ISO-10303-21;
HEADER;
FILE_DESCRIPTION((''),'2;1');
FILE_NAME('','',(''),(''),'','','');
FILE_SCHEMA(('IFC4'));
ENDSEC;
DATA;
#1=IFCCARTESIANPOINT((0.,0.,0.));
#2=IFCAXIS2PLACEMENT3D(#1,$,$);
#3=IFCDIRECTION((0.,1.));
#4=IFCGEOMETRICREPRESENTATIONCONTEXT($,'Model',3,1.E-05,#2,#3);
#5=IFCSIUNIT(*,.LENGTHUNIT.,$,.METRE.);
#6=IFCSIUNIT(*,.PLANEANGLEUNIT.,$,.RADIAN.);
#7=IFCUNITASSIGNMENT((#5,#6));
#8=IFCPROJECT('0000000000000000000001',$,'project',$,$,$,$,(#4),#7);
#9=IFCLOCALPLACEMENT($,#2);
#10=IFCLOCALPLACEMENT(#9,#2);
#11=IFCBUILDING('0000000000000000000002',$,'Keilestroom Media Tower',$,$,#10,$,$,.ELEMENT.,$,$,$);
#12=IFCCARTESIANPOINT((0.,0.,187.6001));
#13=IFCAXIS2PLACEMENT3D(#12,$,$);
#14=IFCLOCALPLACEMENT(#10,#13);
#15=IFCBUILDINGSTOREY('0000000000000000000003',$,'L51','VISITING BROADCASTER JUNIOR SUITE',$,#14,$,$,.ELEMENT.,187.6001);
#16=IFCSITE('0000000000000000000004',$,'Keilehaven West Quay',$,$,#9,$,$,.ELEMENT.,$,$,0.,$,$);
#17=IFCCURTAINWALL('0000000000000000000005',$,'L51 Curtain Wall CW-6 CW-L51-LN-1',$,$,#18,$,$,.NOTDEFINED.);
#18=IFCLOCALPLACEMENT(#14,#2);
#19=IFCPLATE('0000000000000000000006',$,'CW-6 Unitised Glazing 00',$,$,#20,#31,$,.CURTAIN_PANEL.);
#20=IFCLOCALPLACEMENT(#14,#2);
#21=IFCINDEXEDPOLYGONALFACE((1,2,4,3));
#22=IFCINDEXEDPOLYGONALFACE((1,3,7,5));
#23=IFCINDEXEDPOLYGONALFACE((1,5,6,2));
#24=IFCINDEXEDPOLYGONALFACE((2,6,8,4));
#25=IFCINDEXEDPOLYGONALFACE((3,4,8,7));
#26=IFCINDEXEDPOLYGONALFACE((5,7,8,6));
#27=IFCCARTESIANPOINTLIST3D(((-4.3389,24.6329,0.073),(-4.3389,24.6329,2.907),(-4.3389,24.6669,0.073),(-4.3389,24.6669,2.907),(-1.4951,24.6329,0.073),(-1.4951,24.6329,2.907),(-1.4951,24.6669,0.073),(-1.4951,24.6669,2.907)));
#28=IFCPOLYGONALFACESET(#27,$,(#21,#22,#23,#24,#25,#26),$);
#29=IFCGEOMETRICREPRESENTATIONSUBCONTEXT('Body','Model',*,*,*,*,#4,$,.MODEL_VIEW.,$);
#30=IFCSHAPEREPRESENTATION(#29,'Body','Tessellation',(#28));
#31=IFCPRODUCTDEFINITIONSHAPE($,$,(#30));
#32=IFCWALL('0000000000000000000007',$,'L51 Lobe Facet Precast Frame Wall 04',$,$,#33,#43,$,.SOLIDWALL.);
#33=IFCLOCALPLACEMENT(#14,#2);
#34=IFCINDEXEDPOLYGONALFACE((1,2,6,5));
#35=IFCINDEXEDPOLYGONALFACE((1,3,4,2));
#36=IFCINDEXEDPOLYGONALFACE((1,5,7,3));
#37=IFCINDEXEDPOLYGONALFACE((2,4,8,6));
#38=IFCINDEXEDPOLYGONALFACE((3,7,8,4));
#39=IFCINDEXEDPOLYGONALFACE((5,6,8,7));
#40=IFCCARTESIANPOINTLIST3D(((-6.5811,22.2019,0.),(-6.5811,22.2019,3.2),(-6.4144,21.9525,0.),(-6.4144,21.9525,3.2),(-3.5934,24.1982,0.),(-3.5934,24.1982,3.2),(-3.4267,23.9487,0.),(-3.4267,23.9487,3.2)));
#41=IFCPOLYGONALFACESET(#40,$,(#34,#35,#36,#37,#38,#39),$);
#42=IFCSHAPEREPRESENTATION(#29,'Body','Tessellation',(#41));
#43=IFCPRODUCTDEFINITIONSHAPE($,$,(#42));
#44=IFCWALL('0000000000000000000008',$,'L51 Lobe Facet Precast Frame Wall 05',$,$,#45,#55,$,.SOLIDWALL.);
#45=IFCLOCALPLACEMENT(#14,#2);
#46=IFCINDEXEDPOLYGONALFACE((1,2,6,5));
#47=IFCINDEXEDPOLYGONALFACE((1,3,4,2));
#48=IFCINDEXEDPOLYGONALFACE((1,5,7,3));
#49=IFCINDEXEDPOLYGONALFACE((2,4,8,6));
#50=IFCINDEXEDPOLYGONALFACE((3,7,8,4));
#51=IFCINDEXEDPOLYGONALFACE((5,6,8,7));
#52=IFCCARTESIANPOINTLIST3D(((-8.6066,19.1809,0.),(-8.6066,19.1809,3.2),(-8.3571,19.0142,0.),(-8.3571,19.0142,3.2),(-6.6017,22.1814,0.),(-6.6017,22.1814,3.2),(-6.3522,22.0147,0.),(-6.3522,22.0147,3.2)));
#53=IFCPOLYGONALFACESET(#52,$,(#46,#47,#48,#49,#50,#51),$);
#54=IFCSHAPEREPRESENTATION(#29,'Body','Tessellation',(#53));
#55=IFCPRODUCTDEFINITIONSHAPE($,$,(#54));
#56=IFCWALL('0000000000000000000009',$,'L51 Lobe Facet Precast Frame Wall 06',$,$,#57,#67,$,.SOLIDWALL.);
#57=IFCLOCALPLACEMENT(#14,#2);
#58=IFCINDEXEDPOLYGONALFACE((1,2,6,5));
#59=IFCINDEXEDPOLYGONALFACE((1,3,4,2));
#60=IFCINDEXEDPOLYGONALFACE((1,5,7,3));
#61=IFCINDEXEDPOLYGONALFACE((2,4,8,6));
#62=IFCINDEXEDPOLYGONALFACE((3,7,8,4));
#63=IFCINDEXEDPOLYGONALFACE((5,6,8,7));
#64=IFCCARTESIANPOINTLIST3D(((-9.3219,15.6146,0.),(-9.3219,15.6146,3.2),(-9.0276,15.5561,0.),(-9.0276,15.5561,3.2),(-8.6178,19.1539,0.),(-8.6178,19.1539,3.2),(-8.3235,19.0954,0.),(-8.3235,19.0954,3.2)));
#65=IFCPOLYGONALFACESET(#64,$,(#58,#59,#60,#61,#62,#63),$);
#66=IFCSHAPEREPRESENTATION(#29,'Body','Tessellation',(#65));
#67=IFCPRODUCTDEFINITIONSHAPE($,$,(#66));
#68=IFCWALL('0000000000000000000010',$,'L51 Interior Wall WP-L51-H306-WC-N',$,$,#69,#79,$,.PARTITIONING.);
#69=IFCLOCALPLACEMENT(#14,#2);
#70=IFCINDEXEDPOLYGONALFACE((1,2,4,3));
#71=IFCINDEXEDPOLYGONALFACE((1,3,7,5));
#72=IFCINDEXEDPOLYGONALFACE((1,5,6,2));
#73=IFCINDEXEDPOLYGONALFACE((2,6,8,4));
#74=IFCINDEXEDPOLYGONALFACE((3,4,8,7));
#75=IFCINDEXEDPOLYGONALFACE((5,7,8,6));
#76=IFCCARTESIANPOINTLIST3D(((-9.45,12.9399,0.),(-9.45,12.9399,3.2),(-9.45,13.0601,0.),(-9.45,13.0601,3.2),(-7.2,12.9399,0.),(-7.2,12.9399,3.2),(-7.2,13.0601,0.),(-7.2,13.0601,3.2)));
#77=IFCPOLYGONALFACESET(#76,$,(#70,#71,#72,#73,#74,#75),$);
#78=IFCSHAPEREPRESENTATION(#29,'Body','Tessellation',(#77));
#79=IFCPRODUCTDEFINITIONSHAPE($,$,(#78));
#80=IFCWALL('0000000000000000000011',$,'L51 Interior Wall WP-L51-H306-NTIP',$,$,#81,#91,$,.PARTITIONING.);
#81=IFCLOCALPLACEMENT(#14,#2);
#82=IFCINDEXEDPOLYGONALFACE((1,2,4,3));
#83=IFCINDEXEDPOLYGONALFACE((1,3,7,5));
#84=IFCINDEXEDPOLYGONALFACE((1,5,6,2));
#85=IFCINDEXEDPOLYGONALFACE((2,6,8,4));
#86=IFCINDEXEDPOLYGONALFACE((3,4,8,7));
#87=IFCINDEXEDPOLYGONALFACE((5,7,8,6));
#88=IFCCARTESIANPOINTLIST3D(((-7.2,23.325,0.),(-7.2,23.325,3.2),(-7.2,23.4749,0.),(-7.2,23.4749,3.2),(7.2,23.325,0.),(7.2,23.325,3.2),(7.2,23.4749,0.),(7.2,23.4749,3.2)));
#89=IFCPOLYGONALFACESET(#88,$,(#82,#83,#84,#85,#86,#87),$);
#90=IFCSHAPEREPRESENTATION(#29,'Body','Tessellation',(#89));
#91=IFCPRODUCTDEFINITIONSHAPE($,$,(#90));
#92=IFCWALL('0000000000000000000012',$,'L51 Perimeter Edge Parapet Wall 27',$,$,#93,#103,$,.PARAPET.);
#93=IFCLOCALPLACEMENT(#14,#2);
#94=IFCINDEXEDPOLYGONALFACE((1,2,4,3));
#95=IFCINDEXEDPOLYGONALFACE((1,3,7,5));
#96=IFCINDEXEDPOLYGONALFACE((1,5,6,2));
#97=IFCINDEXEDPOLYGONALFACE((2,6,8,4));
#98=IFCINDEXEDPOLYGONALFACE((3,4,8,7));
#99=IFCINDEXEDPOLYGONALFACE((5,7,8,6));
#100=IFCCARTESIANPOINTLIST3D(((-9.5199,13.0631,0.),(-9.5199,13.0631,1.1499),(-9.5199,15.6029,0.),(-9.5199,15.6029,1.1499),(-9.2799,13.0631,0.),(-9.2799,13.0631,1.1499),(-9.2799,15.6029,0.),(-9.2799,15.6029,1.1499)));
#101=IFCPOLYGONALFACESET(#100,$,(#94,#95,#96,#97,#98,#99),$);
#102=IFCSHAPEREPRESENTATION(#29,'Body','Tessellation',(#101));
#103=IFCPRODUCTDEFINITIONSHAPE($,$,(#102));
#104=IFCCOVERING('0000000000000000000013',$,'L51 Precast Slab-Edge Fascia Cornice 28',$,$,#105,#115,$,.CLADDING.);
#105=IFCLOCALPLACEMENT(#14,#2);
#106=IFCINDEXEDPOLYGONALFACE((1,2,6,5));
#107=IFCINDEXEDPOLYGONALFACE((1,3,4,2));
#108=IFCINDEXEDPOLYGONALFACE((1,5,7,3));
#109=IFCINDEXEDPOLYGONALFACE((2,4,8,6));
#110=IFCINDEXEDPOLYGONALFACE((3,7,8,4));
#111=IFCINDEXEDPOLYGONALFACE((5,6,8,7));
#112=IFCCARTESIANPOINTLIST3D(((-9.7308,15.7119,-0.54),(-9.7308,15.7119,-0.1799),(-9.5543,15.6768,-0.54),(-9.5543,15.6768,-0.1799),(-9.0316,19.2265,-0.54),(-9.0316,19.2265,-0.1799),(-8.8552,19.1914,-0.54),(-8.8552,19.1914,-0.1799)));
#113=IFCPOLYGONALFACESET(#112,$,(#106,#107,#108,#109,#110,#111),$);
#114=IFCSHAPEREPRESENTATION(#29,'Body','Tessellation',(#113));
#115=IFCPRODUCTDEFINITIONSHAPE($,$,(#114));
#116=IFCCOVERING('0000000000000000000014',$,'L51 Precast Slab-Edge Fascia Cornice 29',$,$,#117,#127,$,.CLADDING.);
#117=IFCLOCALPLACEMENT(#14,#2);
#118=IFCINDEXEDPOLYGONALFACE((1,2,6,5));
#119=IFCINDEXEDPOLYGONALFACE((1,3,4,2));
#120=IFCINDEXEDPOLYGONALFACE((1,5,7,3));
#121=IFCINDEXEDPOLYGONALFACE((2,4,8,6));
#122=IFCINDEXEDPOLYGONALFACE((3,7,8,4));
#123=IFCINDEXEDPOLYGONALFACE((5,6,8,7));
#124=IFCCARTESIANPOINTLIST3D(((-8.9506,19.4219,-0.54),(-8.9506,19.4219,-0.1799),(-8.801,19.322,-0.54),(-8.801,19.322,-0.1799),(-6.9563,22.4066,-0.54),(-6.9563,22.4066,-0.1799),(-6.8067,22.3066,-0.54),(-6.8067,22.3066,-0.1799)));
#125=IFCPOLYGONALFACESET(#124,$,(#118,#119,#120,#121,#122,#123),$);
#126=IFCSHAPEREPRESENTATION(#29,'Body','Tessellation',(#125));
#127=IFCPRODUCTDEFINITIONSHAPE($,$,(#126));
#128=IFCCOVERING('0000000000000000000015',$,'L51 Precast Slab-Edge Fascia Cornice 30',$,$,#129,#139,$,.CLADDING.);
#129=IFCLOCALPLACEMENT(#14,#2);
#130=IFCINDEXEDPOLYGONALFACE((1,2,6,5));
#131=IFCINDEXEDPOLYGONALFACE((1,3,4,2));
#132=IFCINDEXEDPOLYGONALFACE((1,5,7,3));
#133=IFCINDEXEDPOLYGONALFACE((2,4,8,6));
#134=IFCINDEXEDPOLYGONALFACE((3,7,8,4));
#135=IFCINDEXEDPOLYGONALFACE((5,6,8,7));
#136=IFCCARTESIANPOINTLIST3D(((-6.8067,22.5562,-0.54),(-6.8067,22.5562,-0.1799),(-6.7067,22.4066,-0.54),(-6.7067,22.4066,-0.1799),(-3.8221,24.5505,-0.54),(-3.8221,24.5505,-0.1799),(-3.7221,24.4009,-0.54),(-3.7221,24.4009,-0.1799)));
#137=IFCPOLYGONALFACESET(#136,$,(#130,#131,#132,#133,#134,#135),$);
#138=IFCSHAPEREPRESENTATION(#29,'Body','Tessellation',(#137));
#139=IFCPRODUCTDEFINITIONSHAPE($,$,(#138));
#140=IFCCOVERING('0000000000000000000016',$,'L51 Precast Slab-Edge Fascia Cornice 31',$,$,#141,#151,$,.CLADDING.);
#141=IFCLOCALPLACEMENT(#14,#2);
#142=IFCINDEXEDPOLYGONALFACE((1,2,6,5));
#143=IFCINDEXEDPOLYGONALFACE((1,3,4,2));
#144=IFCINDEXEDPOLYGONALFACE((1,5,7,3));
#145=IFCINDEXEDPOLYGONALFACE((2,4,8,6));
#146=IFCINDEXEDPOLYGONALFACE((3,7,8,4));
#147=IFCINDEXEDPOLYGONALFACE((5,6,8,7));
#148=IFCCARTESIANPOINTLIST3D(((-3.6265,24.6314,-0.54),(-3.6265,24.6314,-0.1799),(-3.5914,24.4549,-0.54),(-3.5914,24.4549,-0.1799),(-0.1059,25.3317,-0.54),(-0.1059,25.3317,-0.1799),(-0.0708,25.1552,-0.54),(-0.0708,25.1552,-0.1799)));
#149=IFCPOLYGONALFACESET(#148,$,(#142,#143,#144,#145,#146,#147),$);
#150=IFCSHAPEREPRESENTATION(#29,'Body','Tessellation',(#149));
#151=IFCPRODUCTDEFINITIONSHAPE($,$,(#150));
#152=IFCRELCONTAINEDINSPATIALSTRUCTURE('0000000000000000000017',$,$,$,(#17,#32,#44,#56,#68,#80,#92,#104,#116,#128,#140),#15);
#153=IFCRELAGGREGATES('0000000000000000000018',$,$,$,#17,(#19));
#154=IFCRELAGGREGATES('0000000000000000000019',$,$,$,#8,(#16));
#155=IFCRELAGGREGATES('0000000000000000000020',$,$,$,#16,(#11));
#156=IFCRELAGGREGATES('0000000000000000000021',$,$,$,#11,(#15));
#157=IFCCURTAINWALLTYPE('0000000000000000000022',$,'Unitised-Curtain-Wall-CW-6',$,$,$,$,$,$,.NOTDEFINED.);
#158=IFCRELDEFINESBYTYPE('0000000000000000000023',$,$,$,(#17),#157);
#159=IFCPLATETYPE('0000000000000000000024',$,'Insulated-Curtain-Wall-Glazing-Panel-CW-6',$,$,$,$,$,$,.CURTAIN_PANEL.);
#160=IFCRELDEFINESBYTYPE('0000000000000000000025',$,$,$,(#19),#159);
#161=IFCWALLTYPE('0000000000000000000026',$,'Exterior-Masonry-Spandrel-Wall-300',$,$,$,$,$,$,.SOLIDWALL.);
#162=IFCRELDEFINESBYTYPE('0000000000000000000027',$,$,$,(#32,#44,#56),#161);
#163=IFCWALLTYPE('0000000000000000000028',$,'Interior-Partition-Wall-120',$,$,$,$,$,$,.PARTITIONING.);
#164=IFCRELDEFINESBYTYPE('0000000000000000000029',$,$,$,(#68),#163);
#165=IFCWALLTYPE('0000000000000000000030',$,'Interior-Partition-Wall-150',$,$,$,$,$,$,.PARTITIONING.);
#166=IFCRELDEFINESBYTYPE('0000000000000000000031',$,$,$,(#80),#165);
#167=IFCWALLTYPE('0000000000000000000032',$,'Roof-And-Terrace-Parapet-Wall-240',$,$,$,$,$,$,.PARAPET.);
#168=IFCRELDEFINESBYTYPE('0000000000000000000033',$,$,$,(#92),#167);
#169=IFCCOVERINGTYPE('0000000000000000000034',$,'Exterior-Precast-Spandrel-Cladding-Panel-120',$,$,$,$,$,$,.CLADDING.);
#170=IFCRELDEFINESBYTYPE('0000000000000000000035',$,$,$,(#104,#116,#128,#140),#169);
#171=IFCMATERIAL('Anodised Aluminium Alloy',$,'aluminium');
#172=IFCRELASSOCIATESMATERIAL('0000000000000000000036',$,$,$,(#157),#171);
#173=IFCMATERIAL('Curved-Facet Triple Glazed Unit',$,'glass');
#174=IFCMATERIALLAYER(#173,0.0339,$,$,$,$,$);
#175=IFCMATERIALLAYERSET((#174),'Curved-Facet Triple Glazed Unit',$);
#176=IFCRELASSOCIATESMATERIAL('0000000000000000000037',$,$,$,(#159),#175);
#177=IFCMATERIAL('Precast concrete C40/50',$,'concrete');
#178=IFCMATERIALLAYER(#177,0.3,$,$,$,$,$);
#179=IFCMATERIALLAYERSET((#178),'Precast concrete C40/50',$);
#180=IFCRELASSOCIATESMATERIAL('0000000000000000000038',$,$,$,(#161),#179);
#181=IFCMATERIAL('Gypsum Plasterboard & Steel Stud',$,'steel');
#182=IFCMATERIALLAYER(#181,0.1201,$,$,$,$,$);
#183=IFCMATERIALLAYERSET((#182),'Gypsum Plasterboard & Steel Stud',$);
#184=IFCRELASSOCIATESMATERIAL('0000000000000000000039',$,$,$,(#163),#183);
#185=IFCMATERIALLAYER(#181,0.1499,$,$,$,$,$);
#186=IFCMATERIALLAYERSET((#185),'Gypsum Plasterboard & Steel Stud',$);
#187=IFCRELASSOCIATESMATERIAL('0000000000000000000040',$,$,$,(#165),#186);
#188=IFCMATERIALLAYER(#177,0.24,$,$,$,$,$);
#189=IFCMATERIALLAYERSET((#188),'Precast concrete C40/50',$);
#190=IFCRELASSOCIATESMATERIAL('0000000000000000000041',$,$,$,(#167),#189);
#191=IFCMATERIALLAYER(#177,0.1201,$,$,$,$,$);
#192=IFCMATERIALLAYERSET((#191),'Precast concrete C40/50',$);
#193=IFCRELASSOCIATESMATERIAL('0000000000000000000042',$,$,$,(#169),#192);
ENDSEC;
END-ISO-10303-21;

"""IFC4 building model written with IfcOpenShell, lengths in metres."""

from ifc_helpers import new_model, si_unit, direction, frame, frame_2d, origin, origin_2d, place, context, subcontext, project, spatial, rectangle, extrude, source, transform, mapped, material, layer, layer_set, type_object, element, aggregate, save


model = new_model("IFC4")

# Units and contexts
model_context = context("Model", 3, precision=1e-05, world=origin(), true_north=direction((0.0, 1.0)))
body_context = subcontext(model_context, "Body", "Model", "MODEL_VIEW")
ifc_project = project(units=[si_unit("LENGTHUNIT", "METRE"), si_unit("PLANEANGLEUNIT", "RADIAN")], contexts=[model_context])

# Site, building, storey
site_placement = place(None, origin())
site = spatial("IfcSite", under=ifc_project, at=site_placement, Name="Keilehaven West Quay", CompositionType="ELEMENT", RefElevation=0.0)
building_placement = place(site_placement, origin())
building = spatial("IfcBuilding", under=site, at=building_placement, Name="Keilestroom Media Tower", CompositionType="ELEMENT")
storey_placement = place(building_placement, frame((0.0, 0.0, 187.6001)))
storey = spatial("IfcBuildingStorey", under=building, at=storey_placement, Name="L51", Description="VISITING BROADCASTER JUNIOR SUITE", CompositionType="ELEMENT", Elevation=187.6001)

# Curtain wall, plate
ifc_material_1 = material(Name="Anodised Aluminium Alloy", Category="aluminium")
curtain_wall_type = type_object("IfcCurtainWallType", Name="Unitised-Curtain-Wall-CW-6", PredefinedType="NOTDEFINED", material=ifc_material_1)
curtain_wall_placement = place(storey_placement, origin())
curtain_wall = element("IfcCurtainWall", 1, at=curtain_wall_placement, inside=storey, type_object=curtain_wall_type, Name="L51 Curtain Wall CW-6 CW-L51-LN-1", PredefinedType="NOTDEFINED")
ifc_material_2 = material(Name="Curved-Facet Triple Glazed Unit", Category="glass")
ifc_layer_1 = layer(ifc_material_2, 0.0339)
ifc_layer_set_1 = layer_set([ifc_layer_1], Name="Curved-Facet Triple Glazed Unit")
plate_type = type_object("IfcPlateType", Name="Insulated-Curtain-Wall-Glazing-Panel-CW-6", PredefinedType="CURTAIN_PANEL", material=ifc_layer_set_1)
shared_shape_1 = source(origin(), body_context, "Body", "SweptSolid", [
    extrude(rectangle(XDim=2.8438, YDim=0.0339, at=origin_2d()), origin(), (0.0, 0.0, 1.0), 2.834),
])
plate_placement = place(storey_placement, frame((-2.917, 24.6499, 0.073), z_axis=(0.0, 0.0, 1.0), x_axis=(1.0, 0.0, 0.0)))
plate = element("IfcPlate", 2, at=plate_placement, type_object=plate_type, Name="CW-6 Unitised Glazing 00", PredefinedType="CURTAIN_PANEL", context=body_context, shape_type="MappedRepresentation", body=[
    mapped(shared_shape_1, transform((0.0, 0.0, 0.0), x_axis=(1.0, 0.0, 0.0), y_axis=(0.0, 1.0, 0.0), z_axis=(0.0, 0.0, 1.0), scale=1.0)),
])
aggregate(curtain_wall, [plate])

# Walls
ifc_material_3 = material(Name="Precast concrete C40/50", Category="concrete")
ifc_layer_2 = layer(ifc_material_3, 0.3)
ifc_layer_set_2 = layer_set([ifc_layer_2], Name="Precast concrete C40/50")
wall_type_1 = type_object("IfcWallType", Name="Exterior-Masonry-Spandrel-Wall-300", PredefinedType="SOLIDWALL", material=ifc_layer_set_2)
wall_1_placement = place(storey_placement, frame((-3.51, 24.0735, 0.0), z_axis=(0.0, 0.0, 1.0), x_axis=(-0.831475, -0.555562, 0.0)))
element("IfcWall", 3, at=wall_1_placement, inside=storey, type_object=wall_type_1, Name="L51 Lobe Facet Precast Frame Wall 04", PredefinedType="SOLIDWALL", context=body_context, shape_type="SweptSolid", body=[
    extrude(rectangle(XDim=3.5933, YDim=0.3, at=frame_2d((1.7966, 0.0))), origin(), (0.0, 0.0, 1.0), 3.2),
])
for number, where, z_axis, x_axis, name in (
    (4, (-6.4771, 22.0979, 0.0), (0.0, 0.0, 1.0), (-0.555574, -0.831467, 0.0), "L51 Lobe Facet Precast Frame Wall 05"),
    (5, (-8.4707, 19.1245, 0.0), (0.0, 0.0, 1.0), (-0.195114, -0.980781, 0.0), "L51 Lobe Facet Precast Frame Wall 06"),
):
    element("IfcWall", number, at=place(storey_placement, frame(where, z_axis=z_axis, x_axis=x_axis)), inside=storey, type_object=wall_type_1, Name=name, PredefinedType="SOLIDWALL", context=body_context, shape_type="SweptSolid", body=[
        extrude(rectangle(XDim=3.6086, YDim=0.3, at=frame_2d((1.8042, 0.0))), origin(), (0.0, 0.0, 1.0), 3.2),
    ])
ifc_material_4 = material(Name="Gypsum Plasterboard & Steel Stud", Category="steel")
ifc_layer_3 = layer(ifc_material_4, 0.1201)
ifc_layer_set_3 = layer_set([ifc_layer_3], Name="Gypsum Plasterboard & Steel Stud")
wall_type_2 = type_object("IfcWallType", Name="Interior-Partition-Wall-120", PredefinedType="PARTITIONING", material=ifc_layer_set_3)
wall_2_placement = place(storey_placement, frame((-9.45, 13.0, 0.0), z_axis=(0.0, 0.0, 1.0), x_axis=(1.0, 0.0, 0.0)))
element("IfcWall", 6, at=wall_2_placement, inside=storey, type_object=wall_type_2, Name="L51 Interior Wall WP-L51-H306-WC-N", PredefinedType="PARTITIONING", context=body_context, shape_type="SweptSolid", body=[
    extrude(rectangle(XDim=2.25, YDim=0.1201, at=frame_2d((1.125, 0.0))), origin(), (0.0, 0.0, 1.0), 3.2),
])
ifc_layer_4 = layer(ifc_material_4, 0.1499)
ifc_layer_set_4 = layer_set([ifc_layer_4], Name="Gypsum Plasterboard & Steel Stud")
wall_type_3 = type_object("IfcWallType", Name="Interior-Partition-Wall-150", PredefinedType="PARTITIONING", material=ifc_layer_set_4)
wall_3_placement = place(storey_placement, frame((-7.2, 23.3999, 0.0), z_axis=(0.0, 0.0, 1.0), x_axis=(1.0, 0.0, 0.0)))
element("IfcWall", 7, at=wall_3_placement, inside=storey, type_object=wall_type_3, Name="L51 Interior Wall WP-L51-H306-NTIP", PredefinedType="PARTITIONING", context=body_context, shape_type="SweptSolid", body=[
    extrude(rectangle(XDim=14.3999, YDim=0.1499, at=frame_2d((7.2, 0.0))), origin(), (0.0, 0.0, 1.0), 3.2),
])
ifc_layer_5 = layer(ifc_material_3, 0.24)
ifc_layer_set_5 = layer_set([ifc_layer_5], Name="Precast concrete C40/50")
wall_type_4 = type_object("IfcWallType", Name="Roof-And-Terrace-Parapet-Wall-240", PredefinedType="PARAPET", material=ifc_layer_set_5)
wall_4_placement = place(storey_placement, frame((-9.3999, 13.063, 0.0), z_axis=(0.0, 0.0, 1.0), x_axis=(0.0, 1.0, 0.0)))
element("IfcWall", 8, at=wall_4_placement, inside=storey, type_object=wall_type_4, Name="L51 Perimeter Edge Parapet Wall 27", PredefinedType="PARAPET", context=body_context, shape_type="SweptSolid", body=[
    extrude(rectangle(XDim=2.5398, YDim=0.24, at=frame_2d((1.27, 0.0))), origin(), (0.0, 0.0, 1.0), 1.1499),
])

# Coverings
ifc_layer_6 = layer(ifc_material_3, 0.1201)
ifc_layer_set_6 = layer_set([ifc_layer_6], Name="Precast concrete C40/50")
covering_type = type_object("IfcCoveringType", Name="Exterior-Precast-Spandrel-Cladding-Panel-120", PredefinedType="CLADDING", material=ifc_layer_set_6)
shared_shape_2 = source(origin(), body_context, "Body", "SweptSolid", [
    extrude(rectangle(XDim=3.5835, YDim=0.1799, at=origin_2d()), origin(), (0.0, 0.0, 1.0), 0.3601),
])
covering_placement = place(storey_placement, frame((-9.293, 17.4517, -0.54), z_axis=(0.0, 0.0, 1.0), x_axis=(0.195099, 0.980784, 0.0)))
element("IfcCovering", 9, at=covering_placement, inside=storey, type_object=covering_type, Name="L51 Precast Slab-Edge Fascia Cornice 28", PredefinedType="CLADDING", context=body_context, shape_type="MappedRepresentation", body=[
    mapped(shared_shape_2, transform((0.0, 0.0, 0.0), x_axis=(1.0, 0.0, 0.0), y_axis=(0.0, 1.0, 0.0), z_axis=(0.0, 0.0, 1.0), scale=1.0)),
])
shared_shape_3 = source(origin(), body_context, "Body", "SweptSolid", [
    extrude(rectangle(XDim=3.5896, YDim=0.1799, at=origin_2d()), origin(), (0.0, 0.0, 1.0), 0.3601),
])
for number, where, z_axis, x_axis, name in (
    (10, (-7.8787, 20.8643, -0.54), (0.0, 0.0, 1.0), (0.555575, 0.831467, 0.0), "L51 Precast Slab-Edge Fascia Cornice 29"),
    (11, (-5.2644, 23.4785, -0.54), (0.0, 0.0, 1.0), (0.831467, 0.555575, 0.0), "L51 Precast Slab-Edge Fascia Cornice 30"),
    (12, (-1.8486, 24.8933, -0.54), (0.0, 0.0, 1.0), (0.980784, 0.195099, 0.0), "L51 Precast Slab-Edge Fascia Cornice 31"),
):
    element("IfcCovering", number, at=place(storey_placement, frame(where, z_axis=z_axis, x_axis=x_axis)), inside=storey, type_object=covering_type, Name=name, PredefinedType="CLADDING", context=body_context, shape_type="MappedRepresentation", body=[
        mapped(shared_shape_3, transform((0.0, 0.0, 0.0), x_axis=(1.0, 0.0, 0.0), y_axis=(0.0, 1.0, 0.0), z_axis=(0.0, 0.0, 1.0), scale=1.0)),
    ])

save(model, "model.ifc")
